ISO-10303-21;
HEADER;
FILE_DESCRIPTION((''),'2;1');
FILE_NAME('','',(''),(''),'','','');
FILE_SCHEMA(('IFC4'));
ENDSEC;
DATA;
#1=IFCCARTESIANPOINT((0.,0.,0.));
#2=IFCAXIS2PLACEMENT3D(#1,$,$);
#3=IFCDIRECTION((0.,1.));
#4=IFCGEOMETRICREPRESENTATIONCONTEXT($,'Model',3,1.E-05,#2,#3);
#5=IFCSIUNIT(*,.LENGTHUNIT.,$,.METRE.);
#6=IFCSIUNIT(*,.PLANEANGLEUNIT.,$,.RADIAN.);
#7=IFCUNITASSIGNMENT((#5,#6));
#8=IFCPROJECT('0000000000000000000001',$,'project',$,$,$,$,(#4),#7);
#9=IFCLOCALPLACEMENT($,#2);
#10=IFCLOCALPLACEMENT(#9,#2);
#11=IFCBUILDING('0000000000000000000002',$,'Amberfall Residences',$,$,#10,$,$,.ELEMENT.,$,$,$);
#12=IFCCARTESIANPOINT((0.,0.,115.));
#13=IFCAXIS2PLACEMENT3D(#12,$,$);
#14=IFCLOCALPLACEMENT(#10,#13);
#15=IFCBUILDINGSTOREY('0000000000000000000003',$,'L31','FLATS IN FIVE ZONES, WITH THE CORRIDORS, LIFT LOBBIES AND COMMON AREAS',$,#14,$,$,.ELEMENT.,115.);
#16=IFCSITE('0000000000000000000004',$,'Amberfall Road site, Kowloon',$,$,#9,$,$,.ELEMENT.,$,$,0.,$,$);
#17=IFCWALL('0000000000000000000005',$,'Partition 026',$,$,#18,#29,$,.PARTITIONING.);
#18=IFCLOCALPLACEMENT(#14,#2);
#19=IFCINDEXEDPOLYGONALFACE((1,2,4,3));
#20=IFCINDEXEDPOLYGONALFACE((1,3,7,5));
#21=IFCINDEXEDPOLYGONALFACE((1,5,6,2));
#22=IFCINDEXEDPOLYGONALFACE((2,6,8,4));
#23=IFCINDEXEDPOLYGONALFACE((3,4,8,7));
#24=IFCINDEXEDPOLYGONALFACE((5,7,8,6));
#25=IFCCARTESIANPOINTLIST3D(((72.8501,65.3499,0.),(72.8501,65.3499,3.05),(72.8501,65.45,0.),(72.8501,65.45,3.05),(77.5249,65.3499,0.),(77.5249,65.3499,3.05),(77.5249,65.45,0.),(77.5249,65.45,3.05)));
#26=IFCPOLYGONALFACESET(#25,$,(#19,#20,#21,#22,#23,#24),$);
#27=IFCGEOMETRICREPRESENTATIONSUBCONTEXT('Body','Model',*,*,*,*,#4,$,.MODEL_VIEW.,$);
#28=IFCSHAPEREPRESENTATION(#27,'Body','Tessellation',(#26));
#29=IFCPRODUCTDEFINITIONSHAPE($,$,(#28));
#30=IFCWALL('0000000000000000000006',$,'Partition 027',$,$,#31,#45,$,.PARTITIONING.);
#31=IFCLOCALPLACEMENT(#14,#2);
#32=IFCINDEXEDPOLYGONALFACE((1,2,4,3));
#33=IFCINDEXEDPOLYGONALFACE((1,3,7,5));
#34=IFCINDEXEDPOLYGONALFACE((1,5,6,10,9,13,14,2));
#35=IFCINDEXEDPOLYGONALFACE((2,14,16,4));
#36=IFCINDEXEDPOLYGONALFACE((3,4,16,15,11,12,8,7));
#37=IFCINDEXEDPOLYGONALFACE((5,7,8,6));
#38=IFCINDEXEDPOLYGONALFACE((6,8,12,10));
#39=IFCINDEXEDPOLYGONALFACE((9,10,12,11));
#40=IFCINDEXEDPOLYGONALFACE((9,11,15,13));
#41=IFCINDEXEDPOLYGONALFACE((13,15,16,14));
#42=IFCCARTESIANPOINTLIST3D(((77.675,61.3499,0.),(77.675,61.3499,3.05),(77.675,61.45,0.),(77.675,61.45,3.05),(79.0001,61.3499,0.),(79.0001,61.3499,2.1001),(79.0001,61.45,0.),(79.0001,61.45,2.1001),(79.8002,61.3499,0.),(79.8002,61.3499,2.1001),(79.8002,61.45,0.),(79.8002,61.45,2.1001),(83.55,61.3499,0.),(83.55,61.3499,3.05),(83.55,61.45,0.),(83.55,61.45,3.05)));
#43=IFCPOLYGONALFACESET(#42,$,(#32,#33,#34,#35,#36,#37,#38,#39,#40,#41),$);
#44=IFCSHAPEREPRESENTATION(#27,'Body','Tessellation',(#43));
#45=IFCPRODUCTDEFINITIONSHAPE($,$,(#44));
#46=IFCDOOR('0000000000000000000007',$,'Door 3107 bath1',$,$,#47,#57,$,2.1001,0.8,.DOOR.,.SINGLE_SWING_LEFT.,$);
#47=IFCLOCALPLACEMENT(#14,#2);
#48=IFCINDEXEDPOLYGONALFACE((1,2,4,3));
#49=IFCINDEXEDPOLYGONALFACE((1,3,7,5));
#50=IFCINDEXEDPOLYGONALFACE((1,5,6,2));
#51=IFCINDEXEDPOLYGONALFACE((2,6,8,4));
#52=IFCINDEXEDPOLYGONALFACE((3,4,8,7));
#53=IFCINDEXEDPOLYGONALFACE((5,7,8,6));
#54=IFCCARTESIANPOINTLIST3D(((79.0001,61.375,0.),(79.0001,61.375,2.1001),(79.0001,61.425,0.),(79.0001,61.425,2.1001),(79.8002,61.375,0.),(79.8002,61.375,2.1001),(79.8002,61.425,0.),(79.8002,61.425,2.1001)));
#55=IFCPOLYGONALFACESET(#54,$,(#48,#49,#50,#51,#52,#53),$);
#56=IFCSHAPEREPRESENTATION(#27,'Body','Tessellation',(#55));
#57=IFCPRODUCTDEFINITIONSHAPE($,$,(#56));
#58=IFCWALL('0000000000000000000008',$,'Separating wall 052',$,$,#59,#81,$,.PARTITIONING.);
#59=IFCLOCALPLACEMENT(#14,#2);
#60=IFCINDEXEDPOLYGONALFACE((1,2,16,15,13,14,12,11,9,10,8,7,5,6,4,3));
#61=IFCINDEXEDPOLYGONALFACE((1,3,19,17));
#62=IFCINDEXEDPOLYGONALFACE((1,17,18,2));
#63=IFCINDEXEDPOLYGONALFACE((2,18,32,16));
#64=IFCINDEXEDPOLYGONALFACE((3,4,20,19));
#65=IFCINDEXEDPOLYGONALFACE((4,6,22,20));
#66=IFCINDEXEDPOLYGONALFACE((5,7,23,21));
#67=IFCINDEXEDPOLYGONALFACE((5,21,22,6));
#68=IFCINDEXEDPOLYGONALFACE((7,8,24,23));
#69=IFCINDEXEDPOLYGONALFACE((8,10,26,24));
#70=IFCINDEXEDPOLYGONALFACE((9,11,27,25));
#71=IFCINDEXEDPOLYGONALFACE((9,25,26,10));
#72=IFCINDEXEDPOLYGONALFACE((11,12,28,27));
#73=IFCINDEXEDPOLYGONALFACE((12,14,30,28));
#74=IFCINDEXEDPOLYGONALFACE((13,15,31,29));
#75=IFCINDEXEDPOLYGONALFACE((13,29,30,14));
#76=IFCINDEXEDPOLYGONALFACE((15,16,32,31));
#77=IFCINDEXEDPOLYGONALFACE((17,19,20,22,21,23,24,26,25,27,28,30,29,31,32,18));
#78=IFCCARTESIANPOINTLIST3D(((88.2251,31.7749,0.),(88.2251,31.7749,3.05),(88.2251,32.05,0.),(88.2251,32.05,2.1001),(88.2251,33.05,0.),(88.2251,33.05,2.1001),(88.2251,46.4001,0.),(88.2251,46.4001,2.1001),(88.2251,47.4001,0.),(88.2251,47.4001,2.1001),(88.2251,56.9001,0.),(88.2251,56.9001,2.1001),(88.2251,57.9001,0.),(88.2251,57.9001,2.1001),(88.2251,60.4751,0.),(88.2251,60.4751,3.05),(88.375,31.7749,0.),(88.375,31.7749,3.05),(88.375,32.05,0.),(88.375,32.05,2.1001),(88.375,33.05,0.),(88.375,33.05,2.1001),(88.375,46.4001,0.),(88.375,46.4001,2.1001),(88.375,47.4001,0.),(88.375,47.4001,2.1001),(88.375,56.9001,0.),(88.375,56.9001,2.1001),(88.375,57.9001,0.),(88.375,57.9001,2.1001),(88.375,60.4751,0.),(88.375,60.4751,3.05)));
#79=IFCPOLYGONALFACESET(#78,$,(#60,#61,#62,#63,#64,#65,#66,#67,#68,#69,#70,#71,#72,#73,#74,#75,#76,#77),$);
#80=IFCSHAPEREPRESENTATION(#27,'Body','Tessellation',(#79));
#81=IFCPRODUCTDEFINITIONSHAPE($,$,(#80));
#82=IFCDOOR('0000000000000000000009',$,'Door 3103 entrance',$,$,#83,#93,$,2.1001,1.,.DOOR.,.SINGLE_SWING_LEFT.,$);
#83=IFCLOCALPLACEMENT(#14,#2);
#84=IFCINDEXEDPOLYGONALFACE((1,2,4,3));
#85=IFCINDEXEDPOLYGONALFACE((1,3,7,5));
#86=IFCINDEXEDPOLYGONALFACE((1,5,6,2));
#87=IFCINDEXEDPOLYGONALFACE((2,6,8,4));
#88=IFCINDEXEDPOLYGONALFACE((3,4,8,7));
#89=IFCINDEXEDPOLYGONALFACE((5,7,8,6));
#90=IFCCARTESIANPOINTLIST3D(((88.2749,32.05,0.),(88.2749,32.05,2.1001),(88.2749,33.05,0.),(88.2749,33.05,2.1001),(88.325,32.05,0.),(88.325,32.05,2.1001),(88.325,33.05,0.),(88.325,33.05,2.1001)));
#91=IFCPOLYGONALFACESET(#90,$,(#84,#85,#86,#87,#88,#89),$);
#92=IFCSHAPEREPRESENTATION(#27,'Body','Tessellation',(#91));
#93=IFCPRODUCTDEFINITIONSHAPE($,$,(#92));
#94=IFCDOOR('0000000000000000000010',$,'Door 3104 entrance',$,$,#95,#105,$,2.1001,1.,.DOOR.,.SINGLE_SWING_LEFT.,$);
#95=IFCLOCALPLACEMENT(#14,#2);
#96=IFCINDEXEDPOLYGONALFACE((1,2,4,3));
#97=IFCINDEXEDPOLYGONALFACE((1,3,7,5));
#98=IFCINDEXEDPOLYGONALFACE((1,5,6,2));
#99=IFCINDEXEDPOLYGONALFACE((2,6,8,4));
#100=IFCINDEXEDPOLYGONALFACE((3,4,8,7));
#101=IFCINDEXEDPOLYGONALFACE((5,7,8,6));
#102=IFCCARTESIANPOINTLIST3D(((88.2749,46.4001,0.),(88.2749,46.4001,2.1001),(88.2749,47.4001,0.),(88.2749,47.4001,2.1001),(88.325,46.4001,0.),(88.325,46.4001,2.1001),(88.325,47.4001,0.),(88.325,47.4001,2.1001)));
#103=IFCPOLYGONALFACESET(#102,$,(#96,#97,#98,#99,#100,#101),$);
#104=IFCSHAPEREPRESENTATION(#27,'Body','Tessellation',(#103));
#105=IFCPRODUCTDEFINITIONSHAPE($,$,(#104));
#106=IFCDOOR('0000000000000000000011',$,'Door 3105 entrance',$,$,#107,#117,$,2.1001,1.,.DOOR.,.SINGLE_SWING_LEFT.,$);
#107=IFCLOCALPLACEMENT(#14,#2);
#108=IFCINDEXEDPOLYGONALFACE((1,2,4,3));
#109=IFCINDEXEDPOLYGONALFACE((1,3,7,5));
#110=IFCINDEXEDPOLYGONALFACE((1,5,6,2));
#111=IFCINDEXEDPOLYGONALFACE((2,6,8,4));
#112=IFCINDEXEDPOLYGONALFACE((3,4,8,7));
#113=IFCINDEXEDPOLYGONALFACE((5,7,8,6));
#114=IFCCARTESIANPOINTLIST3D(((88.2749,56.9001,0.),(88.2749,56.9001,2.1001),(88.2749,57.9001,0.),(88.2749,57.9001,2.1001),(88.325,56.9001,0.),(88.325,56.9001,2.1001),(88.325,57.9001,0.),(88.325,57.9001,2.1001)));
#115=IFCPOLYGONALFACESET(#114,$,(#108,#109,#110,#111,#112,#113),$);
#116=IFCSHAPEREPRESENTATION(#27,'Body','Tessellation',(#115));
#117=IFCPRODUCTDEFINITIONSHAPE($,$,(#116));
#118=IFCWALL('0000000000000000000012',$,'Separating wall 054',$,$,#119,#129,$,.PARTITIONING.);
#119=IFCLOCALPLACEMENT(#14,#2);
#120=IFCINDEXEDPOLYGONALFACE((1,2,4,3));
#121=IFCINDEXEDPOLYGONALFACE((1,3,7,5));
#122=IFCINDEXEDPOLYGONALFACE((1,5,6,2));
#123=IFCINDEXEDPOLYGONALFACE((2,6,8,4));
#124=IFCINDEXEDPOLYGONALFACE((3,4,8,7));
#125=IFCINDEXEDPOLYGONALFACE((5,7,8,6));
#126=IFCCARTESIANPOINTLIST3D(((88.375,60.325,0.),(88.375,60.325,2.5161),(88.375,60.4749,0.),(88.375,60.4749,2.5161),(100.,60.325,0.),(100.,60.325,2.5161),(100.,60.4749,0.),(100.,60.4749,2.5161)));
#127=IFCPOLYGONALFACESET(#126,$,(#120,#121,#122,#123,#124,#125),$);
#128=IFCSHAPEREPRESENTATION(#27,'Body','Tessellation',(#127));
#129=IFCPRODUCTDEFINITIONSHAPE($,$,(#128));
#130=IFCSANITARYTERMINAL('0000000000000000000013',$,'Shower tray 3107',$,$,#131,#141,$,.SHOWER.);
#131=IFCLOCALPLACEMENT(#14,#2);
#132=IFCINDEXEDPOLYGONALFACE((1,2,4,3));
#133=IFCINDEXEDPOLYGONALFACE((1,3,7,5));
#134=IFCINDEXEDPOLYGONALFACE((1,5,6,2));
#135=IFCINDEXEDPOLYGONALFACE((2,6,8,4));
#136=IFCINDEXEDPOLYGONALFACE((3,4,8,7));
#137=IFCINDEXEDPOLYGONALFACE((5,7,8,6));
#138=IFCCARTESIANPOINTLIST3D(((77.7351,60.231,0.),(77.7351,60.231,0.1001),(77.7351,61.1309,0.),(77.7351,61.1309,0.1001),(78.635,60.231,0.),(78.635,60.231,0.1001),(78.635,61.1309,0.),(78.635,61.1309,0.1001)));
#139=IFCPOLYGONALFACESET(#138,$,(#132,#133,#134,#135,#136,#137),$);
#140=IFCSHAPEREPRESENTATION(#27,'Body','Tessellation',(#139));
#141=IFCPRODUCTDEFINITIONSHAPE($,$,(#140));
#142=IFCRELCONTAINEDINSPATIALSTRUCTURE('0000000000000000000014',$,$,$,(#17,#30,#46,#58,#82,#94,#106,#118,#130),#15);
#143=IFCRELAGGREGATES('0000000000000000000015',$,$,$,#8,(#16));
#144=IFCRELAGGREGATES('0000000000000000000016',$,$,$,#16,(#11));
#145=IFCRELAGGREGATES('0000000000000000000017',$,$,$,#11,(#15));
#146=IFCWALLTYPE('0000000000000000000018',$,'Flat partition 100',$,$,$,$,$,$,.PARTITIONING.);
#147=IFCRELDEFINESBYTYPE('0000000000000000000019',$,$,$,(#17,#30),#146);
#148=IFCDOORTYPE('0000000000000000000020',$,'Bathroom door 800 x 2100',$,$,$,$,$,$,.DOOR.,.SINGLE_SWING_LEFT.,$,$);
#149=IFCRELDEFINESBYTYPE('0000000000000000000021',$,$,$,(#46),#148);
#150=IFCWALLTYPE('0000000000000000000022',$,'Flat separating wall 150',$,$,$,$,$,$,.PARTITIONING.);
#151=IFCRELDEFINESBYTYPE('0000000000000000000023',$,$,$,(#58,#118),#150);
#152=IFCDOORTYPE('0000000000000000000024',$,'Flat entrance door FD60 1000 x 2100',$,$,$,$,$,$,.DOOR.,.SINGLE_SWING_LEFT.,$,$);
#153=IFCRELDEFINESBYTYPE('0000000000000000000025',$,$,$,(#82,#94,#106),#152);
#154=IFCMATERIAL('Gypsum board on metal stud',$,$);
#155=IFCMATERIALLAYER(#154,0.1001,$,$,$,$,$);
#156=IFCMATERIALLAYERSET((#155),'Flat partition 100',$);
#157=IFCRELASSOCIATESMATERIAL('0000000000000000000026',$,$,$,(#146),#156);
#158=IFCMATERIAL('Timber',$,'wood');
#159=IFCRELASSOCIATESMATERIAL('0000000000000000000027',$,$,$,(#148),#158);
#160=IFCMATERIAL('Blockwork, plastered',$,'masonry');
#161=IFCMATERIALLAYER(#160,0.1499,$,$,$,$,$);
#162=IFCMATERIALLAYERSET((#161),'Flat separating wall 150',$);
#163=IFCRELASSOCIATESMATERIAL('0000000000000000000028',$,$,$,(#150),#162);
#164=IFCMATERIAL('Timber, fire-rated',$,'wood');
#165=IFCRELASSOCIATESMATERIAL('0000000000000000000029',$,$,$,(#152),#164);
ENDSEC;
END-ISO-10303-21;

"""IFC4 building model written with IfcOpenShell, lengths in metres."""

from ifc_helpers import new_model, si_unit, direction, frame, frame_2d, origin, origin_2d, place, context, subcontext, project, spatial, rectangle, extrude, material, layer, layer_set, type_object, element, fill, save


model = new_model("IFC4")

# Units and contexts
model_context = context("Model", 3, precision=1e-05, world=origin(), true_north=direction((0.0, 1.0)))
body_context = subcontext(model_context, "Body", "Model", "MODEL_VIEW")
ifc_project = project(units=[si_unit("LENGTHUNIT", "METRE"), si_unit("PLANEANGLEUNIT", "RADIAN")], contexts=[model_context])

# Site, building, storey
site_placement = place(None, origin())
site = spatial("IfcSite", under=ifc_project, at=site_placement, Name="Amberfall Road site, Kowloon", CompositionType="ELEMENT", RefElevation=0.0)
building_placement = place(site_placement, origin())
building = spatial("IfcBuilding", under=site, at=building_placement, Name="Amberfall Residences", CompositionType="ELEMENT")
storey_placement = place(building_placement, frame((0.0, 0.0, 115.0)))
storey = spatial("IfcBuildingStorey", under=building, at=storey_placement, Name="L31", Description="FLATS IN FIVE ZONES, WITH THE CORRIDORS, LIFT LOBBIES AND COMMON AREAS", CompositionType="ELEMENT", Elevation=115.0)

# Wall
ifc_material_1 = material(Name="Gypsum board on metal stud")
ifc_layer_1 = layer(ifc_material_1, 0.1001)
ifc_layer_set_1 = layer_set([ifc_layer_1], Name="Flat partition 100")
wall_type_1 = type_object("IfcWallType", Name="Flat partition 100", PredefinedType="PARTITIONING", material=ifc_layer_set_1)
wall_1_placement = place(storey_placement, frame((72.8501, 65.3999, 0.0), z_axis=(0.0, 0.0, 1.0), x_axis=(1.0, 0.0, 0.0)))
element("IfcWall", 1, at=wall_1_placement, inside=storey, type_object=wall_type_1, Name="Partition 026", PredefinedType="PARTITIONING", context=body_context, shape_type="SweptSolid", body=[
    extrude(rectangle(XDim=4.6748, YDim=0.1001, at=frame_2d((2.3374, 0.0))), origin(), (0.0, 0.0, 1.0), 3.05),
])

# Wall, opening, door
wall_2_placement = place(storey_placement, frame((83.55, 61.3999, 0.0), z_axis=(0.0, 0.0, 1.0), x_axis=(-1.0, 0.0, 0.0)))
wall_2 = element("IfcWall", 2, at=wall_2_placement, inside=storey, type_object=wall_type_1, Name="Partition 027", PredefinedType="PARTITIONING", context=body_context, shape_type="SweptSolid", body=[
    extrude(rectangle(XDim=5.875, YDim=0.1001, at=frame_2d((2.9375, 0.0))), origin(), (0.0, 0.0, 1.0), 3.05),
])
opening_1_placement = place(wall_2_placement, frame((3.75, 0.0, 0.0)))
opening_1 = element("IfcOpeningElement", 3, at=opening_1_placement, cuts=wall_2, PredefinedType="OPENING", context=body_context, shape_type="SweptSolid", body=[
    extrude(rectangle(XDim=0.8, YDim=2.1001, at=frame_2d((0.3999, 1.05))), frame((0.0, 0.0601, 0.0), z_axis=(0.0, -1.0, 0.0), x_axis=(1.0, 0.0, 0.0)), (0.0, 0.0, 1.0), 0.1201),
])
ifc_material_2 = material(Name="Timber", Category="wood")
door_type_1 = type_object("IfcDoorType", Name="Bathroom door 800 x 2100", OperationType="SINGLE_SWING_LEFT", PredefinedType="DOOR", material=ifc_material_2)
door_1_placement = place(opening_1_placement, origin())
door_1 = element("IfcDoor", 4, at=door_1_placement, inside=storey, type_object=door_type_1, Name="Door 3107 bath1", OperationType="SINGLE_SWING_LEFT", OverallHeight=2.1001, OverallWidth=0.8, PredefinedType="DOOR", context=body_context, shape_type="SweptSolid", body=[
    extrude(rectangle(XDim=0.8, YDim=2.1001, at=frame_2d((0.3999, 1.05))), frame((0.0, 0.0249, 0.0), z_axis=(0.0, -1.0, 0.0), x_axis=(1.0, 0.0, 0.0)), (0.0, 0.0, 1.0), 0.05),
])
fill(opening_1, door_1)

# Wall, openings, doors
ifc_material_3 = material(Name="Blockwork, plastered", Category="masonry")
ifc_layer_2 = layer(ifc_material_3, 0.1499)
ifc_layer_set_2 = layer_set([ifc_layer_2], Name="Flat separating wall 150")
wall_type_2 = type_object("IfcWallType", Name="Flat separating wall 150", PredefinedType="PARTITIONING", material=ifc_layer_set_2)
wall_3_placement = place(storey_placement, frame((88.3, 60.4751, 0.0), z_axis=(0.0, 0.0, 1.0), x_axis=(0.0, -1.0, 0.0)))
wall_3 = element("IfcWall", 5, at=wall_3_placement, inside=storey, type_object=wall_type_2, Name="Separating wall 052", PredefinedType="PARTITIONING", context=body_context, shape_type="SweptSolid", body=[
    extrude(rectangle(XDim=28.7002, YDim=0.1499, at=frame_2d((14.3501, 0.0))), origin(), (0.0, 0.0, 1.0), 3.05),
])
opening_2_placement = place(wall_3_placement, frame((27.425, 0.0, 0.0)))
opening_2 = element("IfcOpeningElement", 6, at=opening_2_placement, cuts=wall_3, PredefinedType="OPENING", context=body_context, shape_type="SweptSolid", body=[
    extrude(rectangle(XDim=1.0, YDim=2.1001, at=frame_2d((0.5, 1.05))), frame((0.0, 0.085, 0.0), z_axis=(0.0, -1.0, 0.0), x_axis=(1.0, 0.0, 0.0)), (0.0, 0.0, 1.0), 0.1699),
])
opening_3_placement = place(wall_3_placement, frame((13.075, 0.0, 0.0)))
opening_3 = element("IfcOpeningElement", 7, at=opening_3_placement, cuts=wall_3, PredefinedType="OPENING", context=body_context, shape_type="SweptSolid", body=[
    extrude(rectangle(XDim=1.0, YDim=2.1001, at=frame_2d((0.5, 1.05))), frame((0.0, 0.085, 0.0), z_axis=(0.0, -1.0, 0.0), x_axis=(1.0, 0.0, 0.0)), (0.0, 0.0, 1.0), 0.1699),
])
opening_4_placement = place(wall_3_placement, frame((2.575, 0.0, 0.0)))
opening_4 = element("IfcOpeningElement", 8, at=opening_4_placement, cuts=wall_3, PredefinedType="OPENING", context=body_context, shape_type="SweptSolid", body=[
    extrude(rectangle(XDim=1.0, YDim=2.1001, at=frame_2d((0.5, 1.05))), frame((0.0, 0.085, 0.0), z_axis=(0.0, -1.0, 0.0), x_axis=(1.0, 0.0, 0.0)), (0.0, 0.0, 1.0), 0.1699),
])
ifc_material_4 = material(Name="Timber, fire-rated", Category="wood")
door_type_2 = type_object("IfcDoorType", Name="Flat entrance door FD60 1000 x 2100", OperationType="SINGLE_SWING_LEFT", PredefinedType="DOOR", material=ifc_material_4)
door_2_placement = place(opening_2_placement, origin())
door_2 = element("IfcDoor", 9, at=door_2_placement, inside=storey, type_object=door_type_2, Name="Door 3103 entrance", OperationType="SINGLE_SWING_LEFT", OverallHeight=2.1001, OverallWidth=1.0, PredefinedType="DOOR", context=body_context, shape_type="SweptSolid", body=[
    extrude(rectangle(XDim=1.0, YDim=2.1001, at=frame_2d((0.5, 1.05))), frame((0.0, 0.0249, 0.0), z_axis=(0.0, -1.0, 0.0), x_axis=(1.0, 0.0, 0.0)), (0.0, 0.0, 1.0), 0.05),
])
fill(opening_2, door_2)
door_3_placement = place(opening_3_placement, origin())
door_3 = element("IfcDoor", 10, at=door_3_placement, inside=storey, type_object=door_type_2, Name="Door 3104 entrance", OperationType="SINGLE_SWING_LEFT", OverallHeight=2.1001, OverallWidth=1.0, PredefinedType="DOOR", context=body_context, shape_type="SweptSolid", body=[
    extrude(rectangle(XDim=1.0, YDim=2.1001, at=frame_2d((0.5, 1.05))), frame((0.0, 0.0249, 0.0), z_axis=(0.0, -1.0, 0.0), x_axis=(1.0, 0.0, 0.0)), (0.0, 0.0, 1.0), 0.05),
])
fill(opening_3, door_3)
door_4_placement = place(opening_4_placement, origin())
door_4 = element("IfcDoor", 11, at=door_4_placement, inside=storey, type_object=door_type_2, Name="Door 3105 entrance", OperationType="SINGLE_SWING_LEFT", OverallHeight=2.1001, OverallWidth=1.0, PredefinedType="DOOR", context=body_context, shape_type="SweptSolid", body=[
    extrude(rectangle(XDim=1.0, YDim=2.1001, at=frame_2d((0.5, 1.05))), frame((0.0, 0.0249, 0.0), z_axis=(0.0, -1.0, 0.0), x_axis=(1.0, 0.0, 0.0)), (0.0, 0.0, 1.0), 0.05),
])
fill(opening_4, door_4)

# Wall
wall_4_placement = place(storey_placement, frame((88.375, 60.3999, 0.0), z_axis=(0.0, 0.0, 1.0), x_axis=(1.0, 0.0, 0.0)))
element("IfcWall", 12, at=wall_4_placement, inside=storey, type_object=wall_type_2, Name="Separating wall 054", PredefinedType="PARTITIONING", context=body_context, shape_type="SweptSolid", body=[
    extrude(rectangle(XDim=11.625, YDim=0.1499, at=frame_2d((5.8125, 0.0))), origin(), (0.0, 0.0, 1.0), 2.5161),
])

# Sanitary terminal
sanitary_terminal_placement = place(storey_placement, frame((78.1851, 60.6809, 0.0), z_axis=(0.0, 0.0, 1.0), x_axis=(1.0, 0.0, 0.0)))
element("IfcSanitaryTerminal", 13, at=sanitary_terminal_placement, inside=storey, Name="Shower tray 3107", PredefinedType="SHOWER", context=body_context, shape_type="SweptSolid", body=[
    extrude(rectangle(XDim=0.8999, YDim=0.8999, at=origin_2d()), origin(), (0.0, 0.0, 1.0), 0.1001),
])

save(model, "model.ifc")
